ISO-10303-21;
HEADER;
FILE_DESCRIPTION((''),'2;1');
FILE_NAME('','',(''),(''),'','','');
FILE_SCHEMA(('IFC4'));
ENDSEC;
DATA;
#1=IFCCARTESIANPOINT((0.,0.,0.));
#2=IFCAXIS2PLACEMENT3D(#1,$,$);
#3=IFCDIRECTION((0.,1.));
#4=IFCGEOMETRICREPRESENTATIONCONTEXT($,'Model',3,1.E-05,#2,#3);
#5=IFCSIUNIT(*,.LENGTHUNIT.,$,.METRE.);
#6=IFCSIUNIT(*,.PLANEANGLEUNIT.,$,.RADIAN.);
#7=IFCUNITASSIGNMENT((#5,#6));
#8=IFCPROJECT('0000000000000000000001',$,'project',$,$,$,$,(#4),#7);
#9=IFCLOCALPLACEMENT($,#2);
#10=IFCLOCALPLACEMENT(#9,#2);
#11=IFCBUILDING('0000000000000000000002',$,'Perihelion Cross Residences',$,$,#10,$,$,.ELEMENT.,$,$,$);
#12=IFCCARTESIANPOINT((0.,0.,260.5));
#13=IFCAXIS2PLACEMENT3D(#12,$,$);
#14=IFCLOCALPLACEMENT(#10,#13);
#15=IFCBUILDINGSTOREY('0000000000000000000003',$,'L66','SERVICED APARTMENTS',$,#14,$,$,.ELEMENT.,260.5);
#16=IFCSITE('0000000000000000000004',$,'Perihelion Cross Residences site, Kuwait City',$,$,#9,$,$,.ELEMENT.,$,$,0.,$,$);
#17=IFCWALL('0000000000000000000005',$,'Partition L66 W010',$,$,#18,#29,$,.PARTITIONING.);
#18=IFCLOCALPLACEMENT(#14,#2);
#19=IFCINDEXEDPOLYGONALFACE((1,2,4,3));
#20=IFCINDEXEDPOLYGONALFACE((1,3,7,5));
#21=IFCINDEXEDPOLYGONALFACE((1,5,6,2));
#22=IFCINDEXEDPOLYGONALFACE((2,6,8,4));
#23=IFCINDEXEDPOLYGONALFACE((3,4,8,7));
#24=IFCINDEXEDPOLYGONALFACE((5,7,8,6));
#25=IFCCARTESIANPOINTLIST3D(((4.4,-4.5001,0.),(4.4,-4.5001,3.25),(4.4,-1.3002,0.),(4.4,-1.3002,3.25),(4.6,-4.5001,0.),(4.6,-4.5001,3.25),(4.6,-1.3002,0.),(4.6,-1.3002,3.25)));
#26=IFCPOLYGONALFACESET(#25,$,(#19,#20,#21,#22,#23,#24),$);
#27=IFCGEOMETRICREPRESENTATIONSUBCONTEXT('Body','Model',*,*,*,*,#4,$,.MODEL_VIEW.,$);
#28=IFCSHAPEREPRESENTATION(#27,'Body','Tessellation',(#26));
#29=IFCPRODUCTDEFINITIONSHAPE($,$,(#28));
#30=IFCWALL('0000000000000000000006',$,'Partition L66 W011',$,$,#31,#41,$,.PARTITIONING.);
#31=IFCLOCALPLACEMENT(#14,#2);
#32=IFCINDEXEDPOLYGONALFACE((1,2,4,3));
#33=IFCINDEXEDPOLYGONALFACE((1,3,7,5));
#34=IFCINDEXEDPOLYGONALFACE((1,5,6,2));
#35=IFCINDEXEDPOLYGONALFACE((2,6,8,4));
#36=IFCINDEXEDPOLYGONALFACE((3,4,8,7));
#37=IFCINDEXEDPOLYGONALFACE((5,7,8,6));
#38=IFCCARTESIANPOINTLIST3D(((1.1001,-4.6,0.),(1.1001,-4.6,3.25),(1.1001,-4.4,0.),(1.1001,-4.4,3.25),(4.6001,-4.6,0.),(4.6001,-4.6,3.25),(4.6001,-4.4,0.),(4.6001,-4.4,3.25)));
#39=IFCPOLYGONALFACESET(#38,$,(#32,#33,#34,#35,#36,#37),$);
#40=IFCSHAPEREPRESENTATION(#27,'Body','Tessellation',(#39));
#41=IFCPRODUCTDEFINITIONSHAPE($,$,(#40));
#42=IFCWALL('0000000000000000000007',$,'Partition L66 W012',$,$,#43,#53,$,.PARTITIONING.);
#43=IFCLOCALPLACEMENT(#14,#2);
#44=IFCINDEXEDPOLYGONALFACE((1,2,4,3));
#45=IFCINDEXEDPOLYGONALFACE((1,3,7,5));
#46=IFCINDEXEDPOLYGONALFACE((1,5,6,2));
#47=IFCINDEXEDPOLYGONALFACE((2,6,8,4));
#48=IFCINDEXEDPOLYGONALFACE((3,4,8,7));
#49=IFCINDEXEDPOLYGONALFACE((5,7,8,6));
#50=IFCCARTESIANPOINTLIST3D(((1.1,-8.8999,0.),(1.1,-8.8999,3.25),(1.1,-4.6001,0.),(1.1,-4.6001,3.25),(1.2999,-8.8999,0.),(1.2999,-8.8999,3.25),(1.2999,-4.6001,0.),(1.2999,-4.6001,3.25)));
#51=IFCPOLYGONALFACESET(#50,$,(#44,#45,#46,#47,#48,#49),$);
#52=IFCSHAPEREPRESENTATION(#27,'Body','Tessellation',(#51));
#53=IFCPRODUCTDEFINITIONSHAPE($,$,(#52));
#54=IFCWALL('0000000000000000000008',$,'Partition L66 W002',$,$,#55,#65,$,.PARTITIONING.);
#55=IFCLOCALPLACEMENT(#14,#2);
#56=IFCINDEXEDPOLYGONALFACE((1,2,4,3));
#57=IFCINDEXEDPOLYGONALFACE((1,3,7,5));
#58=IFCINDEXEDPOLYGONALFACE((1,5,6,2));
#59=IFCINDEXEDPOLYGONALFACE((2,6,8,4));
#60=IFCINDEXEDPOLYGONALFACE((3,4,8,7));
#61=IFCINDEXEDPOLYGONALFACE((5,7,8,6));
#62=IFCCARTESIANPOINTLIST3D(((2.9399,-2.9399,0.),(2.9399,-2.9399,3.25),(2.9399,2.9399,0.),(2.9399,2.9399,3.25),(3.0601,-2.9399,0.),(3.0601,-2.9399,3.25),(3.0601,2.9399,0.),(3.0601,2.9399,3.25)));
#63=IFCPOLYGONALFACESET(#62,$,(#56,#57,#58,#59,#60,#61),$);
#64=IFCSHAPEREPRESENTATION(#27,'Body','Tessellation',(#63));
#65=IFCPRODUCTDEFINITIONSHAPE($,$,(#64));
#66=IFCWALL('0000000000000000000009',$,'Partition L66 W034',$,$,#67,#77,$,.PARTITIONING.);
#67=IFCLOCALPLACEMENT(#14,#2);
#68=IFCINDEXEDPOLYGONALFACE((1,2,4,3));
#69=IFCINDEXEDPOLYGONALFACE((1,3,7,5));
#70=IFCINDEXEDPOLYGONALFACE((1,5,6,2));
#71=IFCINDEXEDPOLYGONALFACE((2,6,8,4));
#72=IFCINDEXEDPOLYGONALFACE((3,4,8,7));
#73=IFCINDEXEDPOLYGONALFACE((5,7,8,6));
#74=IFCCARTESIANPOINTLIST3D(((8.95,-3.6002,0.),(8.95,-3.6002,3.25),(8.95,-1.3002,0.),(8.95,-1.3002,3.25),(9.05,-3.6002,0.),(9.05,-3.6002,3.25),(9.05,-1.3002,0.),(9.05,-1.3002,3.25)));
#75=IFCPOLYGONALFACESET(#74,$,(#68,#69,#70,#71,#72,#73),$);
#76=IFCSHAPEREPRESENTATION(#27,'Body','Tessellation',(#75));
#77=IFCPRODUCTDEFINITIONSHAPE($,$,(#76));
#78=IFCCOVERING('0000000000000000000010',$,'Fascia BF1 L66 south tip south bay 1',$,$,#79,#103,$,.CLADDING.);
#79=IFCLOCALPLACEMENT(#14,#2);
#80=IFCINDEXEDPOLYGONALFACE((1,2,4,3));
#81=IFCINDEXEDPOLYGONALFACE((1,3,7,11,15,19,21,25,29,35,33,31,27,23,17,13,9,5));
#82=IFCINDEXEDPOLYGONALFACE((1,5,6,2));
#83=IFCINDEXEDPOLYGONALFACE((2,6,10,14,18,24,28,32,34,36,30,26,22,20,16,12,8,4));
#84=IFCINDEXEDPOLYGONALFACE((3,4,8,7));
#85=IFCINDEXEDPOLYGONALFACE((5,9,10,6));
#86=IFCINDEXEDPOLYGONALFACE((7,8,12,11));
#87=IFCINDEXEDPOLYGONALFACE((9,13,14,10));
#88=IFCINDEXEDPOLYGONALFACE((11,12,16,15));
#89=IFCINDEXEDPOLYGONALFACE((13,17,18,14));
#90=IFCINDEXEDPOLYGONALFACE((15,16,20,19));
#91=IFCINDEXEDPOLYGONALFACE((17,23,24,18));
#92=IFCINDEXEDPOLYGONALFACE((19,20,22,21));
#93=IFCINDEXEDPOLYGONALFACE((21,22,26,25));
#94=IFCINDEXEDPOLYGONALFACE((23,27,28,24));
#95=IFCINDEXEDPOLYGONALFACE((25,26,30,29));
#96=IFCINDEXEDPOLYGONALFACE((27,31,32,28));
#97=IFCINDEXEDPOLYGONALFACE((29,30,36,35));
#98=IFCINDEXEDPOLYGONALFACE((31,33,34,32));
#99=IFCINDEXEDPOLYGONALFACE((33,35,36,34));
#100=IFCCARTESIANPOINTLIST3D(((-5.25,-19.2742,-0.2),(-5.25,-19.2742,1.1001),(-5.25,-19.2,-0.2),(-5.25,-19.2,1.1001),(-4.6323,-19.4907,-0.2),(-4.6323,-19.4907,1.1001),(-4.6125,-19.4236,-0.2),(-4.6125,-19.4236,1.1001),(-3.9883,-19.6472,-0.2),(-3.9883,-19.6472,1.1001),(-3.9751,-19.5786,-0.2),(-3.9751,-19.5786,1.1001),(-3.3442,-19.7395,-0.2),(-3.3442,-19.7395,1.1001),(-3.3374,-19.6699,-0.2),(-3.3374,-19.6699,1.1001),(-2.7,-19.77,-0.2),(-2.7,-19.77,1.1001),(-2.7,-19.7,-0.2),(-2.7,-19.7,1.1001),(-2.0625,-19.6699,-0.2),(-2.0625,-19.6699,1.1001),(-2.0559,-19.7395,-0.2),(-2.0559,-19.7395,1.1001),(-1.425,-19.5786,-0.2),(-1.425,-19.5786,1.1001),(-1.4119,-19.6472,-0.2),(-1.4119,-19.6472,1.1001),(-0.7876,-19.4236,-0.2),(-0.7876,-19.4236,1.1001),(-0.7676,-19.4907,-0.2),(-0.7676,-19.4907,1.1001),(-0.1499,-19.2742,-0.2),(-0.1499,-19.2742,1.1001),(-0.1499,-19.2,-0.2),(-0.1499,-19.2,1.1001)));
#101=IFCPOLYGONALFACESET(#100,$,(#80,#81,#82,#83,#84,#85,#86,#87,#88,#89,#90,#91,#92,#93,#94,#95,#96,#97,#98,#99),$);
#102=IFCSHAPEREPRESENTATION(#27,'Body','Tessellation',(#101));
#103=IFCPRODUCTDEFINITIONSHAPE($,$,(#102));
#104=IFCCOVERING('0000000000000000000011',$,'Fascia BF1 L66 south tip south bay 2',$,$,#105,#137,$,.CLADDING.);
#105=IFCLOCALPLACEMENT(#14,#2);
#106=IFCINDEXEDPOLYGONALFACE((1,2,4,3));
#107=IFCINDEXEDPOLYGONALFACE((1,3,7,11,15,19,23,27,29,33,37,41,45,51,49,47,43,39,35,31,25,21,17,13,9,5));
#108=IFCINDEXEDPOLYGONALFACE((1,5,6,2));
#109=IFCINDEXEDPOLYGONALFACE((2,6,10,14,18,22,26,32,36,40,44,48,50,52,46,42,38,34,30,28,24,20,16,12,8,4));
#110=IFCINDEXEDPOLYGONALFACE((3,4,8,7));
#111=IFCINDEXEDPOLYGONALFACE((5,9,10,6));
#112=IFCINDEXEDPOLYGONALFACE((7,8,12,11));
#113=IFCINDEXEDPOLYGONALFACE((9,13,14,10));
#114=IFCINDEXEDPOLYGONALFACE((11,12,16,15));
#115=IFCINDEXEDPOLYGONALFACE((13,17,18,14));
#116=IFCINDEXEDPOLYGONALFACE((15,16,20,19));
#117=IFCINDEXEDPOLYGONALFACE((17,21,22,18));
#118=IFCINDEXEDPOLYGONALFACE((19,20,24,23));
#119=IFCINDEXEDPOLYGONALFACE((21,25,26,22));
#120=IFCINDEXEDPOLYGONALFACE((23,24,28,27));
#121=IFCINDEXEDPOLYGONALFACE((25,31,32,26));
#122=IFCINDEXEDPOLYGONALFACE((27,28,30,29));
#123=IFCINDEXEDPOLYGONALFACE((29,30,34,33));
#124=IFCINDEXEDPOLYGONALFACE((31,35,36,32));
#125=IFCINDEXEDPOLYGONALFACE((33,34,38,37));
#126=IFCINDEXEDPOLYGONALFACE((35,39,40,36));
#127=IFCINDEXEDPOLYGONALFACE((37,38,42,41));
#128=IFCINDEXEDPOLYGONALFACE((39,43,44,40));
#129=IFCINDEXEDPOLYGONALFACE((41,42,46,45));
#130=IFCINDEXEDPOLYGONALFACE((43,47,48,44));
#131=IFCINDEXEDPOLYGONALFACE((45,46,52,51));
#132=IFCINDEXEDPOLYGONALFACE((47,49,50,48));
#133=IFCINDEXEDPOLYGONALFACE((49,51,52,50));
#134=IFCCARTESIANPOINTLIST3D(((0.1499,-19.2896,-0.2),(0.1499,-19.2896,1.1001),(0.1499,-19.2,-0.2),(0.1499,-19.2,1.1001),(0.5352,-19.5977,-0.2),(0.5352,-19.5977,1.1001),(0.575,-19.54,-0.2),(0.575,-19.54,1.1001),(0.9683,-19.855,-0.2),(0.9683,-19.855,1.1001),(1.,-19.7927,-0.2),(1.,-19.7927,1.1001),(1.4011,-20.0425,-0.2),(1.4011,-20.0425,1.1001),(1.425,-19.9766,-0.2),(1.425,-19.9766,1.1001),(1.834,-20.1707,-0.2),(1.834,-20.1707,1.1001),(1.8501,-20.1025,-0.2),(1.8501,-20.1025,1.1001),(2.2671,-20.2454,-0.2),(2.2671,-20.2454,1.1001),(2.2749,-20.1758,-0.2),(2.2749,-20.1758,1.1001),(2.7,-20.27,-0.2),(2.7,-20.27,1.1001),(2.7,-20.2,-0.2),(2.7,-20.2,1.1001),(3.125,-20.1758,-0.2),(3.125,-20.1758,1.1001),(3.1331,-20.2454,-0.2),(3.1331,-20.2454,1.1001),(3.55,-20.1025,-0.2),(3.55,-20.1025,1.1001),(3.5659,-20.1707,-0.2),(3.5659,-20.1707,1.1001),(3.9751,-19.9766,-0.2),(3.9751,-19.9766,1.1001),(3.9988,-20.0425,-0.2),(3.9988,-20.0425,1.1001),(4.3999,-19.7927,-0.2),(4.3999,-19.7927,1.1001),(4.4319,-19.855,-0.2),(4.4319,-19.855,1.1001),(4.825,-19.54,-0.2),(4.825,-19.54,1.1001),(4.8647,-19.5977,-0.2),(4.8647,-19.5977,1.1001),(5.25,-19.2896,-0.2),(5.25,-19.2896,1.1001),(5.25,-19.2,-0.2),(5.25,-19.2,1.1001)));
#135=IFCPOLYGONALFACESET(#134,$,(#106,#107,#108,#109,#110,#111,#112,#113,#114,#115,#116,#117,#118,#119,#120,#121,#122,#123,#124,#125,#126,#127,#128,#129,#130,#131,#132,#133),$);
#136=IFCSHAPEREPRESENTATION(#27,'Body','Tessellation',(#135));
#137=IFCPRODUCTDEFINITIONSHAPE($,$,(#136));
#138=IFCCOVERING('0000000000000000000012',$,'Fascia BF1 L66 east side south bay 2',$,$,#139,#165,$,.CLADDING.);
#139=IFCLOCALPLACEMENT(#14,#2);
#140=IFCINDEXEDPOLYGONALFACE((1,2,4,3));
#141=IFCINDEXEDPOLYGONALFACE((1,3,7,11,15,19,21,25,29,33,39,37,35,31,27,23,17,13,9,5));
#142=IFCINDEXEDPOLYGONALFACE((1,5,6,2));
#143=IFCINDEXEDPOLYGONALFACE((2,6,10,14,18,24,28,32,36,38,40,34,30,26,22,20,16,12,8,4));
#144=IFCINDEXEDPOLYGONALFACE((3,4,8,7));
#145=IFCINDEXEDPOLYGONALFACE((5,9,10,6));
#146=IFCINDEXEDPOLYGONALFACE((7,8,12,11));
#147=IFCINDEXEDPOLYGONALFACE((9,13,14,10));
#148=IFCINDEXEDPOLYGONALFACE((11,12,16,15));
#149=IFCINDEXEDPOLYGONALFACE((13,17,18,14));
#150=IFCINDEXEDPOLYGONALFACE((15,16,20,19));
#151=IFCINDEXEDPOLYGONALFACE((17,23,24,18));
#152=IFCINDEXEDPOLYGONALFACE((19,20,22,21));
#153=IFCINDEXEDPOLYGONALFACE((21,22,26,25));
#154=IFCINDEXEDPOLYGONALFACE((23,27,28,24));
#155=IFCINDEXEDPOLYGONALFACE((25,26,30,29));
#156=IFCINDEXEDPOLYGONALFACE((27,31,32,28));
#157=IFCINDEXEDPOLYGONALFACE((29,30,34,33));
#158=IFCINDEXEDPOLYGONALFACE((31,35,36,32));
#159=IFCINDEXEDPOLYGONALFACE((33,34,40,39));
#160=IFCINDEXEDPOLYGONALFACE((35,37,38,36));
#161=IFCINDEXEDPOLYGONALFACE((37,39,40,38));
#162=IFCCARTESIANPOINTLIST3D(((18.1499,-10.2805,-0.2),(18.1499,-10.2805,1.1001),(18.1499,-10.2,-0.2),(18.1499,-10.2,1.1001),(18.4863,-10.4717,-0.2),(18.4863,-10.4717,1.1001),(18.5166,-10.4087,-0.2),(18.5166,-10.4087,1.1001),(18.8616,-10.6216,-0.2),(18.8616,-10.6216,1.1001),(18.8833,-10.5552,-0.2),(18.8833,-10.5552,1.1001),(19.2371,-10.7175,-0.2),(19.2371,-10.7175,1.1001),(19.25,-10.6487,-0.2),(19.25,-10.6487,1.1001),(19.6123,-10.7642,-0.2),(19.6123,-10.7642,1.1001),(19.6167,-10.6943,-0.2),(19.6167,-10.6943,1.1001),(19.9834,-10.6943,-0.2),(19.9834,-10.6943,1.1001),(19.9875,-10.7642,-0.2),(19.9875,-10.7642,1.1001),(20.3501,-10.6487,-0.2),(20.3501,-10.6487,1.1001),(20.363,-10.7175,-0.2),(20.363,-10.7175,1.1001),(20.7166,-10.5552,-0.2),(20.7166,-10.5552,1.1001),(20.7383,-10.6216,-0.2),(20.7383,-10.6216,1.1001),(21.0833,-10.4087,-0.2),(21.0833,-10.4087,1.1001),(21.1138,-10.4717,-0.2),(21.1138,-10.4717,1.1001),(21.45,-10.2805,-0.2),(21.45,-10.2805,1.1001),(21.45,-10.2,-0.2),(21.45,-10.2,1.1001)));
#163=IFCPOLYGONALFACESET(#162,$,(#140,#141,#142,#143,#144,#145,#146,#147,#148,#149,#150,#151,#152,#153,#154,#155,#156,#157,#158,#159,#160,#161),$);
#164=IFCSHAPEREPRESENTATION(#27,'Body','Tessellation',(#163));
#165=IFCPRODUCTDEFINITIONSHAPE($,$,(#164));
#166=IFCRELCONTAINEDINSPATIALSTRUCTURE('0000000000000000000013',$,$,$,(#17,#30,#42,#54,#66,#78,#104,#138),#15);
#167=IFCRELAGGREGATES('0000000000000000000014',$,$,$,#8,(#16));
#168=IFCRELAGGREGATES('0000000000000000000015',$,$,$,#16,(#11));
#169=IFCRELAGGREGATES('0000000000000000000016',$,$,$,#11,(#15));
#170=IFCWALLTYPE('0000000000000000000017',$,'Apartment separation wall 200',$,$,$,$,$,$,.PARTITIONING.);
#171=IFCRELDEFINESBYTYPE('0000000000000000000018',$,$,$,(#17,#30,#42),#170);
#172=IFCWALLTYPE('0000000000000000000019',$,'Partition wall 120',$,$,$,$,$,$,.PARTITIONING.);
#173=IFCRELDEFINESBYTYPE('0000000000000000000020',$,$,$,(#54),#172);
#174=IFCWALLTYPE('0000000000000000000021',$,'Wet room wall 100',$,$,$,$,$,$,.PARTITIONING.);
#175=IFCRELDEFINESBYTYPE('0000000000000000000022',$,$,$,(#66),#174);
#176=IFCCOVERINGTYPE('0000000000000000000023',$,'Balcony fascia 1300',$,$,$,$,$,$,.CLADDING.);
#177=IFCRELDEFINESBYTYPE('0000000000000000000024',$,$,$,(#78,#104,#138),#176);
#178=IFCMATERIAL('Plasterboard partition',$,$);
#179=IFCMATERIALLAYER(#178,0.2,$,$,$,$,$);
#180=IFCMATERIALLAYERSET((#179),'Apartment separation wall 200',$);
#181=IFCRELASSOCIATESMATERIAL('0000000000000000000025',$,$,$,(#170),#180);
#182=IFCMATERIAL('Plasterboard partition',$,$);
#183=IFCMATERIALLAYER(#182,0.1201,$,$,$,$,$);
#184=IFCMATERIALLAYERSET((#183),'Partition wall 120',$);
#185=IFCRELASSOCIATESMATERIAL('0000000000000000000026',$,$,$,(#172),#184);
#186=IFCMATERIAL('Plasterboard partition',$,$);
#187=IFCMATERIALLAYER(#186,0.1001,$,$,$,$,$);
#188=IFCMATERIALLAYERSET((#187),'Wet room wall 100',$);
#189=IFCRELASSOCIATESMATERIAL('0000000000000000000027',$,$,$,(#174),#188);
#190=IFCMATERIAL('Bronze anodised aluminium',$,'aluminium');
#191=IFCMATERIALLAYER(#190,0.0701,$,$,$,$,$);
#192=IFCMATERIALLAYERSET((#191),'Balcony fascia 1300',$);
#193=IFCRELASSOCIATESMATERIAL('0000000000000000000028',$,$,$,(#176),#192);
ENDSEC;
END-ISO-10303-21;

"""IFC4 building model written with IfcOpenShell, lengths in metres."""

from ifc_helpers import new_model, si_unit, direction, frame, frame_2d, origin, place, context, subcontext, project, spatial, polyline, rectangle, outline, extrude, material, layer, layer_set, type_object, element, save


model = new_model("IFC4")

# Units and contexts
model_context = context("Model", 3, precision=1e-05, world=origin(), true_north=direction((0.0, 1.0)))
body_context = subcontext(model_context, "Body", "Model", "MODEL_VIEW")
ifc_project = project(units=[si_unit("LENGTHUNIT", "METRE"), si_unit("PLANEANGLEUNIT", "RADIAN")], contexts=[model_context])

# Site, building, storey
site_placement = place(None, origin())
site = spatial("IfcSite", under=ifc_project, at=site_placement, Name="Perihelion Cross Residences site, Kuwait City", CompositionType="ELEMENT", RefElevation=0.0)
building_placement = place(site_placement, origin())
building = spatial("IfcBuilding", under=site, at=building_placement, Name="Perihelion Cross Residences", CompositionType="ELEMENT")
storey_placement = place(building_placement, frame((0.0, 0.0, 260.5)))
storey = spatial("IfcBuildingStorey", under=building, at=storey_placement, Name="L66", Description="SERVICED APARTMENTS", CompositionType="ELEMENT", Elevation=260.5)

# Walls
ifc_material_1 = material(Name="Plasterboard partition")
ifc_layer_1 = layer(ifc_material_1, 0.2)
ifc_layer_set_1 = layer_set([ifc_layer_1], Name="Apartment separation wall 200")
wall_type_1 = type_object("IfcWallType", Name="Apartment separation wall 200", PredefinedType="PARTITIONING", material=ifc_layer_set_1)
wall_1_placement = place(storey_placement, frame((4.5, -1.3, 0.0), z_axis=(0.0, 0.0, 1.0), x_axis=(0.0, -1.0, 0.0)))
element("IfcWall", 1, at=wall_1_placement, inside=storey, type_object=wall_type_1, Name="Partition L66 W010", PredefinedType="PARTITIONING", context=body_context, shape_type="SweptSolid", body=[
    extrude(rectangle(XDim=3.2, YDim=0.2, at=frame_2d((1.6001, 0.0))), origin(), (0.0, 0.0, 1.0), 3.25),
])
wall_2_placement = place(storey_placement, frame((4.6001, -4.5, 0.0), z_axis=(0.0, 0.0, 1.0), x_axis=(-1.0, 0.0, 0.0)))
element("IfcWall", 2, at=wall_2_placement, inside=storey, type_object=wall_type_1, Name="Partition L66 W011", PredefinedType="PARTITIONING", context=body_context, shape_type="SweptSolid", body=[
    extrude(rectangle(XDim=3.5, YDim=0.2, at=frame_2d((1.75, 0.0))), origin(), (0.0, 0.0, 1.0), 3.25),
])
wall_3_placement = place(storey_placement, frame((1.2, -4.6001, 0.0), z_axis=(0.0, 0.0, 1.0), x_axis=(0.0, -1.0, 0.0)))
element("IfcWall", 3, at=wall_3_placement, inside=storey, type_object=wall_type_1, Name="Partition L66 W012", PredefinedType="PARTITIONING", context=body_context, shape_type="SweptSolid", body=[
    extrude(rectangle(XDim=4.2998, YDim=0.2, at=frame_2d((2.1499, 0.0))), origin(), (0.0, 0.0, 1.0), 3.25),
])
ifc_material_2 = material(Name="Plasterboard partition")
ifc_layer_2 = layer(ifc_material_2, 0.1201)
ifc_layer_set_2 = layer_set([ifc_layer_2], Name="Partition wall 120")
wall_type_2 = type_object("IfcWallType", Name="Partition wall 120", PredefinedType="PARTITIONING", material=ifc_layer_set_2)
wall_4_placement = place(storey_placement, frame((3.0, -2.9399, 0.0), z_axis=(0.0, 0.0, 1.0), x_axis=(0.0, 1.0, 0.0)))
element("IfcWall", 4, at=wall_4_placement, inside=storey, type_object=wall_type_2, Name="Partition L66 W002", PredefinedType="PARTITIONING", context=body_context, shape_type="SweptSolid", body=[
    extrude(rectangle(XDim=5.8799, YDim=0.1201, at=frame_2d((2.9399, 0.0))), origin(), (0.0, 0.0, 1.0), 3.25),
])
ifc_material_3 = material(Name="Plasterboard partition")
ifc_layer_3 = layer(ifc_material_3, 0.1001)
ifc_layer_set_3 = layer_set([ifc_layer_3], Name="Wet room wall 100")
wall_type_3 = type_object("IfcWallType", Name="Wet room wall 100", PredefinedType="PARTITIONING", material=ifc_layer_set_3)
wall_5_placement = place(storey_placement, frame((9.0, -3.6001, 0.0), z_axis=(0.0, 0.0, 1.0), x_axis=(0.0, 1.0, 0.0)))
element("IfcWall", 5, at=wall_5_placement, inside=storey, type_object=wall_type_3, Name="Partition L66 W034", PredefinedType="PARTITIONING", context=body_context, shape_type="SweptSolid", body=[
    extrude(rectangle(XDim=2.3, YDim=0.1001, at=frame_2d((1.1499, 0.0))), origin(), (0.0, 0.0, 1.0), 3.25),
])

# Coverings
ifc_material_4 = material(Name="Bronze anodised aluminium", Category="aluminium")
ifc_layer_4 = layer(ifc_material_4, 0.0701)
ifc_layer_set_4 = layer_set([ifc_layer_4], Name="Balcony fascia 1300")
covering_type = type_object("IfcCoveringType", Name="Balcony fascia 1300", PredefinedType="CLADDING", material=ifc_layer_set_4)
covering_1_placement = place(storey_placement, frame((0.0, 0.0, -0.2)))
element("IfcCovering", 6, at=covering_1_placement, inside=storey, type_object=covering_type, Name="Fascia BF1 L66 south tip south bay 1", PredefinedType="CLADDING", context=body_context, shape_type="SweptSolid", body=[
    extrude(outline(polyline([(-4.6323, -19.4907), (-3.9883, -19.6472), (-3.3442, -19.7395), (-2.7, -19.77), (-2.0559, -19.7395), (-1.4119, -19.6472), (-0.7676, -19.4907), (-0.1499, -19.2742), (-0.1499, -19.2), (-0.7876, -19.4236), (-1.425, -19.5786), (-2.0625, -19.6699), (-2.7, -19.7), (-3.3374, -19.6699), (-3.9751, -19.5786), (-4.6125, -19.4236), (-5.25, -19.2), (-5.25, -19.2742), (-4.6323, -19.4907)])), origin(), (0.0, 0.0, 1.0), 1.3),
])
covering_2_placement = place(storey_placement, frame((0.0, 0.0, -0.2)))
element("IfcCovering", 7, at=covering_2_placement, inside=storey, type_object=covering_type, Name="Fascia BF1 L66 south tip south bay 2", PredefinedType="CLADDING", context=body_context, shape_type="SweptSolid", body=[
    extrude(outline(polyline([(0.5352, -19.5977), (0.9683, -19.855), (1.4011, -20.0425), (1.834, -20.1707), (2.2671, -20.2454), (2.7, -20.27), (3.1331, -20.2454), (3.5659, -20.1707), (3.9988, -20.0425), (4.4319, -19.855), (4.8647, -19.5977), (5.25, -19.2896), (5.25, -19.2), (4.825, -19.54), (4.3999, -19.7927), (3.9751, -19.9766), (3.55, -20.1025), (3.125, -20.1758), (2.7, -20.2), (2.2749, -20.1758), (1.8501, -20.1025), (1.425, -19.9766), (1.0, -19.7927), (0.575, -19.54), (0.1499, -19.2), (0.1499, -19.2896), (0.5352, -19.5977)])), origin(), (0.0, 0.0, 1.0), 1.3),
])
covering_3_placement = place(storey_placement, frame((0.0, 0.0, -0.2)))
element("IfcCovering", 8, at=covering_3_placement, inside=storey, type_object=covering_type, Name="Fascia BF1 L66 east side south bay 2", PredefinedType="CLADDING", context=body_context, shape_type="SweptSolid", body=[
    extrude(outline(polyline([(18.4863, -10.4717), (18.8616, -10.6216), (19.2371, -10.7175), (19.6123, -10.7642), (19.9875, -10.7642), (20.363, -10.7175), (20.7383, -10.6216), (21.1138, -10.4717), (21.45, -10.2805), (21.45, -10.2), (21.0833, -10.4087), (20.7166, -10.5552), (20.3501, -10.6487), (19.9834, -10.6943), (19.6167, -10.6943), (19.25, -10.6487), (18.8833, -10.5552), (18.5166, -10.4087), (18.1499, -10.2), (18.1499, -10.2805), (18.4863, -10.4717)])), origin(), (0.0, 0.0, 1.0), 1.3),
])

save(model, "model.ifc")
